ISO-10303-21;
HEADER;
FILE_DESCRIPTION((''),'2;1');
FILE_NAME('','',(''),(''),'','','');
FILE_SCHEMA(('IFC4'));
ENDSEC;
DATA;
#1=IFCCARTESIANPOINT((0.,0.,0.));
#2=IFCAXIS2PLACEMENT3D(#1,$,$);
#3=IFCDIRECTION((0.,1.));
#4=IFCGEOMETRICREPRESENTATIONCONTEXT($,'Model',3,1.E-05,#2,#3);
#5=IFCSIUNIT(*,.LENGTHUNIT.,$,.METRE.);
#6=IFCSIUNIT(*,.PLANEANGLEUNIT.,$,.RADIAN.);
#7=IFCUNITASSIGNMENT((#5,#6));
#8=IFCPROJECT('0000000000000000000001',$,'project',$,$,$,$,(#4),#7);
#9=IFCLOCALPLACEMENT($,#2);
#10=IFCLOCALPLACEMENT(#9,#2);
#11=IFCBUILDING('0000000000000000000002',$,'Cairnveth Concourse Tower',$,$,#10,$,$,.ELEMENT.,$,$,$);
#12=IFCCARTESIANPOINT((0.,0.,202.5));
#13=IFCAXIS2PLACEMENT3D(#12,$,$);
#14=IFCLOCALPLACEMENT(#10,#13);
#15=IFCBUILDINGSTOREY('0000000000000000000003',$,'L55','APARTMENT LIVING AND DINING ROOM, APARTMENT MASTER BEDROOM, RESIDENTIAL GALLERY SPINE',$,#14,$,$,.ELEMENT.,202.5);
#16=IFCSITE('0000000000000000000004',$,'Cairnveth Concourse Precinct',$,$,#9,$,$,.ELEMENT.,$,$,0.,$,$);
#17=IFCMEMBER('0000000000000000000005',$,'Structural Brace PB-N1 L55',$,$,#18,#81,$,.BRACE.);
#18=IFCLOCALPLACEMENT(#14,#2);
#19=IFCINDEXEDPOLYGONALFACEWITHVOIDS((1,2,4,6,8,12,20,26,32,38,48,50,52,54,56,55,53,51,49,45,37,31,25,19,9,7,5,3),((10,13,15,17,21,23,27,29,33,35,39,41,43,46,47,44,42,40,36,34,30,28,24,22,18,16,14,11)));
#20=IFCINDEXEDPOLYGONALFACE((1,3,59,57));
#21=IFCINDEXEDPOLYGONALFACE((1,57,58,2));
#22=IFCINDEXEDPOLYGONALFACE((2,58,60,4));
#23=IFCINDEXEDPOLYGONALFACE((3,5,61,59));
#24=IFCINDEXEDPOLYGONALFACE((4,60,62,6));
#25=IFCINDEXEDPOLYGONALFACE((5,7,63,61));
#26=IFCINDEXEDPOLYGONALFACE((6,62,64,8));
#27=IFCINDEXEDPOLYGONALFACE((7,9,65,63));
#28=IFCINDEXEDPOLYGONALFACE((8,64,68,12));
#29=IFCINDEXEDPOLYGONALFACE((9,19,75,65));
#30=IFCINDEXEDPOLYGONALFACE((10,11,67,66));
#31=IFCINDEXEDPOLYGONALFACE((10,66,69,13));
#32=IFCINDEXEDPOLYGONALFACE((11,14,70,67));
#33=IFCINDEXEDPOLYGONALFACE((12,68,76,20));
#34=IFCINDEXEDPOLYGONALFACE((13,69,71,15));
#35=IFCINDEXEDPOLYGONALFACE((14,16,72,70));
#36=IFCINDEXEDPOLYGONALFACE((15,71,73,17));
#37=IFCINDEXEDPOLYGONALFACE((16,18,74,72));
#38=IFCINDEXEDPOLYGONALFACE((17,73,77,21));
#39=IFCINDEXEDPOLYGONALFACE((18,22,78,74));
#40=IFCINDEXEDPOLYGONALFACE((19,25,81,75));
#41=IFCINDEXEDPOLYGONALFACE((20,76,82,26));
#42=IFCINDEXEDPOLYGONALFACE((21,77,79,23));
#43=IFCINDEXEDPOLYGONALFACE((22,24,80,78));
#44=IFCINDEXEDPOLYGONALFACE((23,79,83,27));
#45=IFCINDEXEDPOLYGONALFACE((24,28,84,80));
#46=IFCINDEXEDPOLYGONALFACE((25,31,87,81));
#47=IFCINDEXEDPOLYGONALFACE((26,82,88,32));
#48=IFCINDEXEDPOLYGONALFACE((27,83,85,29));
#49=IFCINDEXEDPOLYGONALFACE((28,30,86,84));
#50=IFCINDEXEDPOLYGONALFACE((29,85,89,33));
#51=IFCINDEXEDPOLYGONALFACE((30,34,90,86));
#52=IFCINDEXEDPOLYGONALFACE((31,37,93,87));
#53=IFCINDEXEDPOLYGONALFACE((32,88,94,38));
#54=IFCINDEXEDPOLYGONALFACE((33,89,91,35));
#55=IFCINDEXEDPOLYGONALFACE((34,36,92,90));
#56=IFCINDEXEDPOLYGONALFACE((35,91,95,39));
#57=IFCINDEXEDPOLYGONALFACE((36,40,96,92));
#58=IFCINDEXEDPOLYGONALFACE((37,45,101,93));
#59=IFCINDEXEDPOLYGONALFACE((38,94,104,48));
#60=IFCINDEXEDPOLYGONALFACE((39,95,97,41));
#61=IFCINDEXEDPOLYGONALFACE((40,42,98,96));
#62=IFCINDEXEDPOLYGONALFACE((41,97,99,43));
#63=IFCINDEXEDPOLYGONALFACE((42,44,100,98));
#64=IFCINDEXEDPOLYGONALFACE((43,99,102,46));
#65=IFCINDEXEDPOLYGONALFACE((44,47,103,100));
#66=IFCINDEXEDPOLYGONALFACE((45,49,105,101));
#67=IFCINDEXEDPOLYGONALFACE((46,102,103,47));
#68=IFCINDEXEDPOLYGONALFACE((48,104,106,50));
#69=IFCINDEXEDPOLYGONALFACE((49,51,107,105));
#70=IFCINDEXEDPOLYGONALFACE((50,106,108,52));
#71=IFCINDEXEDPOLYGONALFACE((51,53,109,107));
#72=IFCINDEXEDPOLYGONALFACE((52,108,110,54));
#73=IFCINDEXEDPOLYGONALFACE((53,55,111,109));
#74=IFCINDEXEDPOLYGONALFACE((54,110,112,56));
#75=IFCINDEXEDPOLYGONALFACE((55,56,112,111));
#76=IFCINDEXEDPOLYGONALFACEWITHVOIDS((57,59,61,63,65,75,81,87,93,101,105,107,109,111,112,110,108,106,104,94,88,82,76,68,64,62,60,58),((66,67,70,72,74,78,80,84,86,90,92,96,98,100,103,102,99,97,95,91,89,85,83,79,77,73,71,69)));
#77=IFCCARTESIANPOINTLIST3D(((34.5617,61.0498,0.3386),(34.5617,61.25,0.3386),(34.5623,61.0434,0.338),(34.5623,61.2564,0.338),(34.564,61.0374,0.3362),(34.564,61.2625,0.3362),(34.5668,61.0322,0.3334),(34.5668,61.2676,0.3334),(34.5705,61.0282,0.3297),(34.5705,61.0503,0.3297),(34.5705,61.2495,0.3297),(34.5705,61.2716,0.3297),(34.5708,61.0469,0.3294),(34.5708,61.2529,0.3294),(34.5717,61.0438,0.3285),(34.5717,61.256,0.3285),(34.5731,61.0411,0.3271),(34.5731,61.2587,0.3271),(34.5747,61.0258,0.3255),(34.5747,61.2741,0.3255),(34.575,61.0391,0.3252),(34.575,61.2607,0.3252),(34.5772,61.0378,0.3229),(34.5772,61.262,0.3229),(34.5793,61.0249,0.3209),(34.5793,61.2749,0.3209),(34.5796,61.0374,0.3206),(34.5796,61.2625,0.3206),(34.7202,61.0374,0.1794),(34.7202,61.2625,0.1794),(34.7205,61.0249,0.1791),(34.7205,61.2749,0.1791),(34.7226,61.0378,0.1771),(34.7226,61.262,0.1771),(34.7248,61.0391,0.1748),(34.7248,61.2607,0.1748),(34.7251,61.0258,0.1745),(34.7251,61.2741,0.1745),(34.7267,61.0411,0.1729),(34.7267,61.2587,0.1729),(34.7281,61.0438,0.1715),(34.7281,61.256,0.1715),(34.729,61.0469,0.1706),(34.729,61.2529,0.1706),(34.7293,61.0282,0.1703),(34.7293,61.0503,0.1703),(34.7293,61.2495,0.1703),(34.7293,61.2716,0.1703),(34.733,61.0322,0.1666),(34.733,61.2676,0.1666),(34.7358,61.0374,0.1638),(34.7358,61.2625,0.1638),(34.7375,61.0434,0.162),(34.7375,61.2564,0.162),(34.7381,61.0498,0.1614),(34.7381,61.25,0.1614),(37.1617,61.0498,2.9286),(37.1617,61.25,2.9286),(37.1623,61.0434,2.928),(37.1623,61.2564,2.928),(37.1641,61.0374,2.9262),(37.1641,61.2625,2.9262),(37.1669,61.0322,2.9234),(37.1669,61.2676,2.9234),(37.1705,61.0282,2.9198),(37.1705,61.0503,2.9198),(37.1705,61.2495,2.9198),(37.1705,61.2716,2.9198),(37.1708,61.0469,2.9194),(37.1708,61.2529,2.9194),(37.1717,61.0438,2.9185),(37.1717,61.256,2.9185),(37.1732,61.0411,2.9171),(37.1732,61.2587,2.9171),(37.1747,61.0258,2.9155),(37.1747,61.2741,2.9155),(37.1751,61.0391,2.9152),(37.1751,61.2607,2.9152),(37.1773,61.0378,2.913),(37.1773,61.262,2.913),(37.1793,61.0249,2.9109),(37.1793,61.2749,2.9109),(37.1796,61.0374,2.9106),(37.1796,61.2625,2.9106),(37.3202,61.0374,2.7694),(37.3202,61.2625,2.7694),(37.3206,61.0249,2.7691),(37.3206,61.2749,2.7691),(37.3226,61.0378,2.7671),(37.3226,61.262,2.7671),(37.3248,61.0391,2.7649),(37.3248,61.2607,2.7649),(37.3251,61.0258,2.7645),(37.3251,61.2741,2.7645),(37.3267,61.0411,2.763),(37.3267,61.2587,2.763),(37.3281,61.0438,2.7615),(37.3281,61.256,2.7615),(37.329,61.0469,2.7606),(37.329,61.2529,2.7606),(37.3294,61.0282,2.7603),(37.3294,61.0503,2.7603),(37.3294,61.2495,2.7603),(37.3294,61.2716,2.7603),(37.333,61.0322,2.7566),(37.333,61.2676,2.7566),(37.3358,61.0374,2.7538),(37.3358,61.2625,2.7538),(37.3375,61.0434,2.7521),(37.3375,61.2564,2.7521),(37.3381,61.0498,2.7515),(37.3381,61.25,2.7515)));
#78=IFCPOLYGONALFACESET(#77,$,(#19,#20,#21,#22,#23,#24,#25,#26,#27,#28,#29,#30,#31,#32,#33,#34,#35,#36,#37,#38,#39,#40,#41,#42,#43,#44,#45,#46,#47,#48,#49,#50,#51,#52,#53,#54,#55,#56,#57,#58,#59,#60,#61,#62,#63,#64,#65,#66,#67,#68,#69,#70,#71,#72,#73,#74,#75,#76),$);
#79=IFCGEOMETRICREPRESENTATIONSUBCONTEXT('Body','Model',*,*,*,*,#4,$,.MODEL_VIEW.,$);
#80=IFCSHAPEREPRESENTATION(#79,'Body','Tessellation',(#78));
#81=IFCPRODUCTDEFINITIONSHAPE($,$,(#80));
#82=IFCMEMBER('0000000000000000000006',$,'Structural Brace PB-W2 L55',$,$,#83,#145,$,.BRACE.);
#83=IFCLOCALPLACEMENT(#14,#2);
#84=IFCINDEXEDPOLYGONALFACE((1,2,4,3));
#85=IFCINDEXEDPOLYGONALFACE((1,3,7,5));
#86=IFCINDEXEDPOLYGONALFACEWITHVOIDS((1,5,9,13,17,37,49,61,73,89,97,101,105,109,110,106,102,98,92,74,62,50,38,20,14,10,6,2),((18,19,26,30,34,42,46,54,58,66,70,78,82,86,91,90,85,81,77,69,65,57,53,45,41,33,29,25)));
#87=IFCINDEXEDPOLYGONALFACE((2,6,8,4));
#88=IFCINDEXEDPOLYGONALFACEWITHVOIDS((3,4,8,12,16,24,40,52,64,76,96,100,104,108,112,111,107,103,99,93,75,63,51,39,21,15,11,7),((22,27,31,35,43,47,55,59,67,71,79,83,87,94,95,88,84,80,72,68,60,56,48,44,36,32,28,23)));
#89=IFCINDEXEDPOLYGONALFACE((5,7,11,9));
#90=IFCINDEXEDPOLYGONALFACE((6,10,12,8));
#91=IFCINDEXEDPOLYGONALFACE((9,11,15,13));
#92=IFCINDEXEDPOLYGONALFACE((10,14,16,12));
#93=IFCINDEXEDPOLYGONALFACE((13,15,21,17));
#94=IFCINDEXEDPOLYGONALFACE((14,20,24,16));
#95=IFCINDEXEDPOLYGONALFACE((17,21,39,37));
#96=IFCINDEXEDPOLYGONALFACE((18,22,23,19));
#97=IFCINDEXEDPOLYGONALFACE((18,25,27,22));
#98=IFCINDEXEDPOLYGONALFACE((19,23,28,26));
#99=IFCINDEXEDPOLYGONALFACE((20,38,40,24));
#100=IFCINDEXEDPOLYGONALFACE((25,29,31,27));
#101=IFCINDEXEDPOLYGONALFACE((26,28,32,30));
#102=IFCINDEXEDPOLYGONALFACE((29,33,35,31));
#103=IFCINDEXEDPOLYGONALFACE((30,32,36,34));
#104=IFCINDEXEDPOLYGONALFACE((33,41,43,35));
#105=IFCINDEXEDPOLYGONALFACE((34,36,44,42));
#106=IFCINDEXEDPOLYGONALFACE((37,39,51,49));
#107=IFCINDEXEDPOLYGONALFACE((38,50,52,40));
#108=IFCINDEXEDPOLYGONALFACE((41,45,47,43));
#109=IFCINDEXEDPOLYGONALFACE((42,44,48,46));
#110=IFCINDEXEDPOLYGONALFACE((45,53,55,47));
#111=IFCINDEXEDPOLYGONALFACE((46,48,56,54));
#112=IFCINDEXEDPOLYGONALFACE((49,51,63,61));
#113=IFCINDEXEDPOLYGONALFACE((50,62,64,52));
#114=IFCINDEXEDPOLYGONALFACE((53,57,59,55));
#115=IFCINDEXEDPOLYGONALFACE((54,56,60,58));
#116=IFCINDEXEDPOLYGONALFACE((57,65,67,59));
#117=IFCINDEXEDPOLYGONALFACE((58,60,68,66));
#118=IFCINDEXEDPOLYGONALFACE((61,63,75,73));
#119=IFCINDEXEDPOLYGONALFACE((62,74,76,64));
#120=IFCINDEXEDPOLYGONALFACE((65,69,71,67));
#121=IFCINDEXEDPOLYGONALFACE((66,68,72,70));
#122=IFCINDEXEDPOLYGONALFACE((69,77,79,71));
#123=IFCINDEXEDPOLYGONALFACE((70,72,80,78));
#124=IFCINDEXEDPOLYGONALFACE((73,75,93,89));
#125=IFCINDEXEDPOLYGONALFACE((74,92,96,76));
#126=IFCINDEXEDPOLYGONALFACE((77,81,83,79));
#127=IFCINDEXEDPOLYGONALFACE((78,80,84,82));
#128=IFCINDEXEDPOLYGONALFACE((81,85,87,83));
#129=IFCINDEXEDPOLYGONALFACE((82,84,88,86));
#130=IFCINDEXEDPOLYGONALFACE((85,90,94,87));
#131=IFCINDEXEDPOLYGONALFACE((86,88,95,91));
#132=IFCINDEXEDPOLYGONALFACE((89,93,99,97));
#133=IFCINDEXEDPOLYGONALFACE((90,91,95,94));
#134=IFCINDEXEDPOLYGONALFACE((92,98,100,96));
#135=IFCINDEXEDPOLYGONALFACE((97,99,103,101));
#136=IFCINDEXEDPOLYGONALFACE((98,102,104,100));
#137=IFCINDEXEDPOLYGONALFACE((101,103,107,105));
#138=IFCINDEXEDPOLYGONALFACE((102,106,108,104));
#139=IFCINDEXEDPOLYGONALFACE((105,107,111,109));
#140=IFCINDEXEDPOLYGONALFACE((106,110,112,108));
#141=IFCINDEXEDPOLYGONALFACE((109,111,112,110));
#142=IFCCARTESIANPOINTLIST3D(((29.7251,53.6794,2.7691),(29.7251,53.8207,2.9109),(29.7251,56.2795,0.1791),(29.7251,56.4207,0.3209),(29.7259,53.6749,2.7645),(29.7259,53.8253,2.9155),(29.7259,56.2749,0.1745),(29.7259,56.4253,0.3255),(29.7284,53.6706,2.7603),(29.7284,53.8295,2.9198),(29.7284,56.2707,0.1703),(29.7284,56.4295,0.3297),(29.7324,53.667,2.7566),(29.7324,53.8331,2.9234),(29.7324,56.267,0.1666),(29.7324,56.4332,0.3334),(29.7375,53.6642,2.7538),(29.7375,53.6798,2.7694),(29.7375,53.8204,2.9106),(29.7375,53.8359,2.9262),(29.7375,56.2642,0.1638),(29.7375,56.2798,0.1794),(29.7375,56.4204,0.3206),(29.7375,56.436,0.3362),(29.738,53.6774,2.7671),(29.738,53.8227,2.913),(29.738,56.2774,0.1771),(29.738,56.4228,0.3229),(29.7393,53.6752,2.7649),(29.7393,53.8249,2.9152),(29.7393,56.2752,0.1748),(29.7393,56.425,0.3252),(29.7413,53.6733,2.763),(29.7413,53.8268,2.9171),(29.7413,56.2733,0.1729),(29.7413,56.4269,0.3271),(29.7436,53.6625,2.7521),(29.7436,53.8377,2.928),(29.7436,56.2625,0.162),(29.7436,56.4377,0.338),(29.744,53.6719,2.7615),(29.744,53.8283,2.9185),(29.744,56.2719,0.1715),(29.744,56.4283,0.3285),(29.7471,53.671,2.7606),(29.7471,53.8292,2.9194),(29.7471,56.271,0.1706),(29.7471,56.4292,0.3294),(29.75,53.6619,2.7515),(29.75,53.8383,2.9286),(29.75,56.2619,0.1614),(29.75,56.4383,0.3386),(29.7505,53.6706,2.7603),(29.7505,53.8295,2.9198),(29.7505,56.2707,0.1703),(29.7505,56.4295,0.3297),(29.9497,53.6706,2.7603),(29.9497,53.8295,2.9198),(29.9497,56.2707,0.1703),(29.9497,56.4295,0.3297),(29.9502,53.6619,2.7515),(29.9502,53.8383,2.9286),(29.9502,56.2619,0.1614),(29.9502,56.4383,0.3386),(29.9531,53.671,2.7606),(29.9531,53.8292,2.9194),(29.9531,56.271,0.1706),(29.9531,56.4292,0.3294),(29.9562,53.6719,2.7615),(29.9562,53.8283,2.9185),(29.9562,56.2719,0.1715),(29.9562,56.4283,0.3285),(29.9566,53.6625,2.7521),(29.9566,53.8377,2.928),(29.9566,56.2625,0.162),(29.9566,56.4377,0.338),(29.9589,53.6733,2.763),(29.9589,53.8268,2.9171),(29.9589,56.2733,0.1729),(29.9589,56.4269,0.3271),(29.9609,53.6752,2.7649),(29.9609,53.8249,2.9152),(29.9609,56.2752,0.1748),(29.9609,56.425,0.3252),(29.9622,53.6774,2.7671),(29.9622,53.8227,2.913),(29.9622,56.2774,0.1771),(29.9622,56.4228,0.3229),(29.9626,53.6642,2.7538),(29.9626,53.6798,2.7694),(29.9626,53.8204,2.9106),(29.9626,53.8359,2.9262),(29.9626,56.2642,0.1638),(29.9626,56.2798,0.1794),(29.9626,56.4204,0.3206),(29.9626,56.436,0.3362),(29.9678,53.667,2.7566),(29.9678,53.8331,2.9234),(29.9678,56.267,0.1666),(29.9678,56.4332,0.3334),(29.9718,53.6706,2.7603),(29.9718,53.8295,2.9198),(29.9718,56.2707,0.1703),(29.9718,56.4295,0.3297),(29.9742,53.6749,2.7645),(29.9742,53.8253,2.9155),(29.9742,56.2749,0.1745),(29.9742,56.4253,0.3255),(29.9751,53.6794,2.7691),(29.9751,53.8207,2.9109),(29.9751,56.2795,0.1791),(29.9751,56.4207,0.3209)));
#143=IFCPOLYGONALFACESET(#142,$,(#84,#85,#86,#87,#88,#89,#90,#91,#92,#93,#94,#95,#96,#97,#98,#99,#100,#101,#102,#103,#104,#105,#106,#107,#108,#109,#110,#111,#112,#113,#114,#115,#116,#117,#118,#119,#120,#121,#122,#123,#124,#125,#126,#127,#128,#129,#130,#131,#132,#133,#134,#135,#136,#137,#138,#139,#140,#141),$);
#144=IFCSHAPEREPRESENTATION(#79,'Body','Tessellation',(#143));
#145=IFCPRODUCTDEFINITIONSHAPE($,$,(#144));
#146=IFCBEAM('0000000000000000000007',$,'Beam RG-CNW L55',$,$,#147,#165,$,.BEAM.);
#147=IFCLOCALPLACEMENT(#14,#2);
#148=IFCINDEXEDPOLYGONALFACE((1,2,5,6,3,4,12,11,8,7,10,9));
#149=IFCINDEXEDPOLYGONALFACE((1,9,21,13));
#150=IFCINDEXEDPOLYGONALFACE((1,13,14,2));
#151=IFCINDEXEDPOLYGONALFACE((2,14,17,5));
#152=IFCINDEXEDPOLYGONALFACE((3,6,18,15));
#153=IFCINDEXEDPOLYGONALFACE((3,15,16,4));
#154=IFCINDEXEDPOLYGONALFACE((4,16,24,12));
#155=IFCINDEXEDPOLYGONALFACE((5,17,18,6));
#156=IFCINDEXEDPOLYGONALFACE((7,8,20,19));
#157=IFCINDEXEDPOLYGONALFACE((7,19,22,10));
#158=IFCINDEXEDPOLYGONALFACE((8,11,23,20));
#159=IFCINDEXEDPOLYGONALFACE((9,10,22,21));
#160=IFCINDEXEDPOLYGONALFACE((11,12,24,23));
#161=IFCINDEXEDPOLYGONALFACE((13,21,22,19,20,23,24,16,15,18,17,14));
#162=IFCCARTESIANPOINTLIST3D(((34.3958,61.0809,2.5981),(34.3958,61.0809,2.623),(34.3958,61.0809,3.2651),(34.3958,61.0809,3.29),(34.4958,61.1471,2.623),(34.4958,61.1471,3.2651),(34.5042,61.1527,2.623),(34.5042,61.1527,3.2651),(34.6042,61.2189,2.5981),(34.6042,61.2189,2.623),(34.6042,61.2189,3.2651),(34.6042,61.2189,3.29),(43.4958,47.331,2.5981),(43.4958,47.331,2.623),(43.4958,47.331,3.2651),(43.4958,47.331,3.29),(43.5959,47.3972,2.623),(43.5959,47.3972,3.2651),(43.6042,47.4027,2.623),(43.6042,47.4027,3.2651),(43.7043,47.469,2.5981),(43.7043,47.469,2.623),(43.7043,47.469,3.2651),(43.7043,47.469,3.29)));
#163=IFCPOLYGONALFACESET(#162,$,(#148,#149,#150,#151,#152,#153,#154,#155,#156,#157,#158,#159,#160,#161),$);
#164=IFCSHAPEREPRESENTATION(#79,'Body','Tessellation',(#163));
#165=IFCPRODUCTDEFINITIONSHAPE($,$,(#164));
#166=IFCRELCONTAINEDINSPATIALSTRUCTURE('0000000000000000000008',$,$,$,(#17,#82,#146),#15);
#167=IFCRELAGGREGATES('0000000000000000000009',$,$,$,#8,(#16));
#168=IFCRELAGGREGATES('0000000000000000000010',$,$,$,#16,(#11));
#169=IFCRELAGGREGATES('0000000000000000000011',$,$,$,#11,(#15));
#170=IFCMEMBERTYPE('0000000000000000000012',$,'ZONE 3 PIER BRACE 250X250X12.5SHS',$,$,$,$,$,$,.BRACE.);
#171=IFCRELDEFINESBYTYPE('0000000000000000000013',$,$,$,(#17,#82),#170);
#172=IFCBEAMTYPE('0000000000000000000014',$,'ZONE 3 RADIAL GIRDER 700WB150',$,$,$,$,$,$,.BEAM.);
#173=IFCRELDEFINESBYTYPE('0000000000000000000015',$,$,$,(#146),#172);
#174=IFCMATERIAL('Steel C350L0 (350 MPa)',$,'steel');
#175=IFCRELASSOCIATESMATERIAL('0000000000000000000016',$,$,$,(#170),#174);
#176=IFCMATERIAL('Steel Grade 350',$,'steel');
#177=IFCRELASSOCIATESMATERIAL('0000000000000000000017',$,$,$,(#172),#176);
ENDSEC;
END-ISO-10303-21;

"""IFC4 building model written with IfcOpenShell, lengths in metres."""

from ifc_helpers import new_model, si_unit, direction, frame, origin, origin_2d, place, context, subcontext, project, spatial, hollow_rectangle, i_section, extrude, material, material_profile, profile_set, type_object, element, save


model = new_model("IFC4")

# Units and contexts
model_context = context("Model", 3, precision=1e-05, world=origin(), true_north=direction((0.0, 1.0)))
body_context = subcontext(model_context, "Body", "Model", "MODEL_VIEW")
ifc_project = project(units=[si_unit("LENGTHUNIT", "METRE"), si_unit("PLANEANGLEUNIT", "RADIAN")], contexts=[model_context])

# Site, building, storey
site_placement = place(None, origin())
site = spatial("IfcSite", under=ifc_project, at=site_placement, Name="Cairnveth Concourse Precinct", CompositionType="ELEMENT", RefElevation=0.0)
building_placement = place(site_placement, origin())
building = spatial("IfcBuilding", under=site, at=building_placement, Name="Cairnveth Concourse Tower", CompositionType="ELEMENT")
storey_placement = place(building_placement, frame((0.0, 0.0, 202.5)))
storey = spatial("IfcBuildingStorey", under=building, at=storey_placement, Name="L55", Description="APARTMENT LIVING AND DINING ROOM, APARTMENT MASTER BEDROOM, RESIDENTIAL GALLERY SPINE", CompositionType="ELEMENT", Elevation=202.5)

# Shared definitions
ifc_material_1 = material(Name="Steel Grade 350", Category="steel")

# Members
ifc_material_2 = material(Name="Steel C350L0 (350 MPa)", Category="steel")
ifc_material_profile_1 = material_profile(ifc_material_2, hollow_rectangle(XDim=0.25, YDim=0.25, WallThickness=0.0125, InnerFilletRadius=0.0129, OuterFilletRadius=0.0249, at=origin_2d()), Name="250x250x12.5SHS")
ifc_profile_set_1 = profile_set([ifc_material_profile_1], Name="Steel C350L0 (350 MPa)")
member_type = type_object("IfcMemberType", Name="ZONE 3 PIER BRACE 250X250X12.5SHS", PredefinedType="BRACE", material=ifc_profile_set_1)
for number, where, z_axis, x_axis, name in (
    (1, (34.6499, 61.1499, 0.25), (0.708469, 0.0, 0.705742), (0.0, 1.0, 0.0), "Structural Brace PB-N1 L55"),
    (2, (29.8501, 56.3501, 0.25), (0.0, -0.708469, 0.705742), (1.0, 0.0, 0.0), "Structural Brace PB-W2 L55"),
):
    element("IfcMember", number, at=place(storey_placement, frame(where, z_axis=z_axis, x_axis=x_axis)), inside=storey, type_object=member_type, Name=name, PredefinedType="BRACE", context=body_context, shape_type="SweptSolid", body=[
        extrude(hollow_rectangle(XDim=0.25, YDim=0.25, WallThickness=0.0125, InnerFilletRadius=0.0129, OuterFilletRadius=0.0249, at=origin_2d()), origin(), (0.0, 0.0, 1.0), 3.6699),
    ])

# Beam
ifc_material_profile_2 = material_profile(ifc_material_1, i_section(OverallWidth=0.25, OverallDepth=0.6919, WebThickness=0.01, FlangeThickness=0.0249, at=origin_2d()), Name="700WB150")
ifc_profile_set_2 = profile_set([ifc_material_profile_2], Name="Steel Grade 350")
beam_type_1 = type_object("IfcBeamType", Name="ZONE 3 RADIAL GIRDER 700WB150", PredefinedType="BEAM", material=ifc_profile_set_2)
beam_1_placement = place(storey_placement, frame((34.5, 61.1499, 2.9441), z_axis=(0.551902, -0.833909, 0.0), x_axis=(0.833909, 0.551902, 0.0)))
element("IfcBeam", 3, at=beam_1_placement, inside=storey, type_object=beam_type_1, Name="Beam RG-CNW L55", PredefinedType="BEAM", context=body_context, shape_type="SweptSolid", body=[
    extrude(i_section(OverallWidth=0.25, OverallDepth=0.6919, WebThickness=0.01, FlangeThickness=0.0249, at=origin_2d()), origin(), (0.0, 0.0, 1.0), 16.4885),
])

save(model, "model.ifc")
